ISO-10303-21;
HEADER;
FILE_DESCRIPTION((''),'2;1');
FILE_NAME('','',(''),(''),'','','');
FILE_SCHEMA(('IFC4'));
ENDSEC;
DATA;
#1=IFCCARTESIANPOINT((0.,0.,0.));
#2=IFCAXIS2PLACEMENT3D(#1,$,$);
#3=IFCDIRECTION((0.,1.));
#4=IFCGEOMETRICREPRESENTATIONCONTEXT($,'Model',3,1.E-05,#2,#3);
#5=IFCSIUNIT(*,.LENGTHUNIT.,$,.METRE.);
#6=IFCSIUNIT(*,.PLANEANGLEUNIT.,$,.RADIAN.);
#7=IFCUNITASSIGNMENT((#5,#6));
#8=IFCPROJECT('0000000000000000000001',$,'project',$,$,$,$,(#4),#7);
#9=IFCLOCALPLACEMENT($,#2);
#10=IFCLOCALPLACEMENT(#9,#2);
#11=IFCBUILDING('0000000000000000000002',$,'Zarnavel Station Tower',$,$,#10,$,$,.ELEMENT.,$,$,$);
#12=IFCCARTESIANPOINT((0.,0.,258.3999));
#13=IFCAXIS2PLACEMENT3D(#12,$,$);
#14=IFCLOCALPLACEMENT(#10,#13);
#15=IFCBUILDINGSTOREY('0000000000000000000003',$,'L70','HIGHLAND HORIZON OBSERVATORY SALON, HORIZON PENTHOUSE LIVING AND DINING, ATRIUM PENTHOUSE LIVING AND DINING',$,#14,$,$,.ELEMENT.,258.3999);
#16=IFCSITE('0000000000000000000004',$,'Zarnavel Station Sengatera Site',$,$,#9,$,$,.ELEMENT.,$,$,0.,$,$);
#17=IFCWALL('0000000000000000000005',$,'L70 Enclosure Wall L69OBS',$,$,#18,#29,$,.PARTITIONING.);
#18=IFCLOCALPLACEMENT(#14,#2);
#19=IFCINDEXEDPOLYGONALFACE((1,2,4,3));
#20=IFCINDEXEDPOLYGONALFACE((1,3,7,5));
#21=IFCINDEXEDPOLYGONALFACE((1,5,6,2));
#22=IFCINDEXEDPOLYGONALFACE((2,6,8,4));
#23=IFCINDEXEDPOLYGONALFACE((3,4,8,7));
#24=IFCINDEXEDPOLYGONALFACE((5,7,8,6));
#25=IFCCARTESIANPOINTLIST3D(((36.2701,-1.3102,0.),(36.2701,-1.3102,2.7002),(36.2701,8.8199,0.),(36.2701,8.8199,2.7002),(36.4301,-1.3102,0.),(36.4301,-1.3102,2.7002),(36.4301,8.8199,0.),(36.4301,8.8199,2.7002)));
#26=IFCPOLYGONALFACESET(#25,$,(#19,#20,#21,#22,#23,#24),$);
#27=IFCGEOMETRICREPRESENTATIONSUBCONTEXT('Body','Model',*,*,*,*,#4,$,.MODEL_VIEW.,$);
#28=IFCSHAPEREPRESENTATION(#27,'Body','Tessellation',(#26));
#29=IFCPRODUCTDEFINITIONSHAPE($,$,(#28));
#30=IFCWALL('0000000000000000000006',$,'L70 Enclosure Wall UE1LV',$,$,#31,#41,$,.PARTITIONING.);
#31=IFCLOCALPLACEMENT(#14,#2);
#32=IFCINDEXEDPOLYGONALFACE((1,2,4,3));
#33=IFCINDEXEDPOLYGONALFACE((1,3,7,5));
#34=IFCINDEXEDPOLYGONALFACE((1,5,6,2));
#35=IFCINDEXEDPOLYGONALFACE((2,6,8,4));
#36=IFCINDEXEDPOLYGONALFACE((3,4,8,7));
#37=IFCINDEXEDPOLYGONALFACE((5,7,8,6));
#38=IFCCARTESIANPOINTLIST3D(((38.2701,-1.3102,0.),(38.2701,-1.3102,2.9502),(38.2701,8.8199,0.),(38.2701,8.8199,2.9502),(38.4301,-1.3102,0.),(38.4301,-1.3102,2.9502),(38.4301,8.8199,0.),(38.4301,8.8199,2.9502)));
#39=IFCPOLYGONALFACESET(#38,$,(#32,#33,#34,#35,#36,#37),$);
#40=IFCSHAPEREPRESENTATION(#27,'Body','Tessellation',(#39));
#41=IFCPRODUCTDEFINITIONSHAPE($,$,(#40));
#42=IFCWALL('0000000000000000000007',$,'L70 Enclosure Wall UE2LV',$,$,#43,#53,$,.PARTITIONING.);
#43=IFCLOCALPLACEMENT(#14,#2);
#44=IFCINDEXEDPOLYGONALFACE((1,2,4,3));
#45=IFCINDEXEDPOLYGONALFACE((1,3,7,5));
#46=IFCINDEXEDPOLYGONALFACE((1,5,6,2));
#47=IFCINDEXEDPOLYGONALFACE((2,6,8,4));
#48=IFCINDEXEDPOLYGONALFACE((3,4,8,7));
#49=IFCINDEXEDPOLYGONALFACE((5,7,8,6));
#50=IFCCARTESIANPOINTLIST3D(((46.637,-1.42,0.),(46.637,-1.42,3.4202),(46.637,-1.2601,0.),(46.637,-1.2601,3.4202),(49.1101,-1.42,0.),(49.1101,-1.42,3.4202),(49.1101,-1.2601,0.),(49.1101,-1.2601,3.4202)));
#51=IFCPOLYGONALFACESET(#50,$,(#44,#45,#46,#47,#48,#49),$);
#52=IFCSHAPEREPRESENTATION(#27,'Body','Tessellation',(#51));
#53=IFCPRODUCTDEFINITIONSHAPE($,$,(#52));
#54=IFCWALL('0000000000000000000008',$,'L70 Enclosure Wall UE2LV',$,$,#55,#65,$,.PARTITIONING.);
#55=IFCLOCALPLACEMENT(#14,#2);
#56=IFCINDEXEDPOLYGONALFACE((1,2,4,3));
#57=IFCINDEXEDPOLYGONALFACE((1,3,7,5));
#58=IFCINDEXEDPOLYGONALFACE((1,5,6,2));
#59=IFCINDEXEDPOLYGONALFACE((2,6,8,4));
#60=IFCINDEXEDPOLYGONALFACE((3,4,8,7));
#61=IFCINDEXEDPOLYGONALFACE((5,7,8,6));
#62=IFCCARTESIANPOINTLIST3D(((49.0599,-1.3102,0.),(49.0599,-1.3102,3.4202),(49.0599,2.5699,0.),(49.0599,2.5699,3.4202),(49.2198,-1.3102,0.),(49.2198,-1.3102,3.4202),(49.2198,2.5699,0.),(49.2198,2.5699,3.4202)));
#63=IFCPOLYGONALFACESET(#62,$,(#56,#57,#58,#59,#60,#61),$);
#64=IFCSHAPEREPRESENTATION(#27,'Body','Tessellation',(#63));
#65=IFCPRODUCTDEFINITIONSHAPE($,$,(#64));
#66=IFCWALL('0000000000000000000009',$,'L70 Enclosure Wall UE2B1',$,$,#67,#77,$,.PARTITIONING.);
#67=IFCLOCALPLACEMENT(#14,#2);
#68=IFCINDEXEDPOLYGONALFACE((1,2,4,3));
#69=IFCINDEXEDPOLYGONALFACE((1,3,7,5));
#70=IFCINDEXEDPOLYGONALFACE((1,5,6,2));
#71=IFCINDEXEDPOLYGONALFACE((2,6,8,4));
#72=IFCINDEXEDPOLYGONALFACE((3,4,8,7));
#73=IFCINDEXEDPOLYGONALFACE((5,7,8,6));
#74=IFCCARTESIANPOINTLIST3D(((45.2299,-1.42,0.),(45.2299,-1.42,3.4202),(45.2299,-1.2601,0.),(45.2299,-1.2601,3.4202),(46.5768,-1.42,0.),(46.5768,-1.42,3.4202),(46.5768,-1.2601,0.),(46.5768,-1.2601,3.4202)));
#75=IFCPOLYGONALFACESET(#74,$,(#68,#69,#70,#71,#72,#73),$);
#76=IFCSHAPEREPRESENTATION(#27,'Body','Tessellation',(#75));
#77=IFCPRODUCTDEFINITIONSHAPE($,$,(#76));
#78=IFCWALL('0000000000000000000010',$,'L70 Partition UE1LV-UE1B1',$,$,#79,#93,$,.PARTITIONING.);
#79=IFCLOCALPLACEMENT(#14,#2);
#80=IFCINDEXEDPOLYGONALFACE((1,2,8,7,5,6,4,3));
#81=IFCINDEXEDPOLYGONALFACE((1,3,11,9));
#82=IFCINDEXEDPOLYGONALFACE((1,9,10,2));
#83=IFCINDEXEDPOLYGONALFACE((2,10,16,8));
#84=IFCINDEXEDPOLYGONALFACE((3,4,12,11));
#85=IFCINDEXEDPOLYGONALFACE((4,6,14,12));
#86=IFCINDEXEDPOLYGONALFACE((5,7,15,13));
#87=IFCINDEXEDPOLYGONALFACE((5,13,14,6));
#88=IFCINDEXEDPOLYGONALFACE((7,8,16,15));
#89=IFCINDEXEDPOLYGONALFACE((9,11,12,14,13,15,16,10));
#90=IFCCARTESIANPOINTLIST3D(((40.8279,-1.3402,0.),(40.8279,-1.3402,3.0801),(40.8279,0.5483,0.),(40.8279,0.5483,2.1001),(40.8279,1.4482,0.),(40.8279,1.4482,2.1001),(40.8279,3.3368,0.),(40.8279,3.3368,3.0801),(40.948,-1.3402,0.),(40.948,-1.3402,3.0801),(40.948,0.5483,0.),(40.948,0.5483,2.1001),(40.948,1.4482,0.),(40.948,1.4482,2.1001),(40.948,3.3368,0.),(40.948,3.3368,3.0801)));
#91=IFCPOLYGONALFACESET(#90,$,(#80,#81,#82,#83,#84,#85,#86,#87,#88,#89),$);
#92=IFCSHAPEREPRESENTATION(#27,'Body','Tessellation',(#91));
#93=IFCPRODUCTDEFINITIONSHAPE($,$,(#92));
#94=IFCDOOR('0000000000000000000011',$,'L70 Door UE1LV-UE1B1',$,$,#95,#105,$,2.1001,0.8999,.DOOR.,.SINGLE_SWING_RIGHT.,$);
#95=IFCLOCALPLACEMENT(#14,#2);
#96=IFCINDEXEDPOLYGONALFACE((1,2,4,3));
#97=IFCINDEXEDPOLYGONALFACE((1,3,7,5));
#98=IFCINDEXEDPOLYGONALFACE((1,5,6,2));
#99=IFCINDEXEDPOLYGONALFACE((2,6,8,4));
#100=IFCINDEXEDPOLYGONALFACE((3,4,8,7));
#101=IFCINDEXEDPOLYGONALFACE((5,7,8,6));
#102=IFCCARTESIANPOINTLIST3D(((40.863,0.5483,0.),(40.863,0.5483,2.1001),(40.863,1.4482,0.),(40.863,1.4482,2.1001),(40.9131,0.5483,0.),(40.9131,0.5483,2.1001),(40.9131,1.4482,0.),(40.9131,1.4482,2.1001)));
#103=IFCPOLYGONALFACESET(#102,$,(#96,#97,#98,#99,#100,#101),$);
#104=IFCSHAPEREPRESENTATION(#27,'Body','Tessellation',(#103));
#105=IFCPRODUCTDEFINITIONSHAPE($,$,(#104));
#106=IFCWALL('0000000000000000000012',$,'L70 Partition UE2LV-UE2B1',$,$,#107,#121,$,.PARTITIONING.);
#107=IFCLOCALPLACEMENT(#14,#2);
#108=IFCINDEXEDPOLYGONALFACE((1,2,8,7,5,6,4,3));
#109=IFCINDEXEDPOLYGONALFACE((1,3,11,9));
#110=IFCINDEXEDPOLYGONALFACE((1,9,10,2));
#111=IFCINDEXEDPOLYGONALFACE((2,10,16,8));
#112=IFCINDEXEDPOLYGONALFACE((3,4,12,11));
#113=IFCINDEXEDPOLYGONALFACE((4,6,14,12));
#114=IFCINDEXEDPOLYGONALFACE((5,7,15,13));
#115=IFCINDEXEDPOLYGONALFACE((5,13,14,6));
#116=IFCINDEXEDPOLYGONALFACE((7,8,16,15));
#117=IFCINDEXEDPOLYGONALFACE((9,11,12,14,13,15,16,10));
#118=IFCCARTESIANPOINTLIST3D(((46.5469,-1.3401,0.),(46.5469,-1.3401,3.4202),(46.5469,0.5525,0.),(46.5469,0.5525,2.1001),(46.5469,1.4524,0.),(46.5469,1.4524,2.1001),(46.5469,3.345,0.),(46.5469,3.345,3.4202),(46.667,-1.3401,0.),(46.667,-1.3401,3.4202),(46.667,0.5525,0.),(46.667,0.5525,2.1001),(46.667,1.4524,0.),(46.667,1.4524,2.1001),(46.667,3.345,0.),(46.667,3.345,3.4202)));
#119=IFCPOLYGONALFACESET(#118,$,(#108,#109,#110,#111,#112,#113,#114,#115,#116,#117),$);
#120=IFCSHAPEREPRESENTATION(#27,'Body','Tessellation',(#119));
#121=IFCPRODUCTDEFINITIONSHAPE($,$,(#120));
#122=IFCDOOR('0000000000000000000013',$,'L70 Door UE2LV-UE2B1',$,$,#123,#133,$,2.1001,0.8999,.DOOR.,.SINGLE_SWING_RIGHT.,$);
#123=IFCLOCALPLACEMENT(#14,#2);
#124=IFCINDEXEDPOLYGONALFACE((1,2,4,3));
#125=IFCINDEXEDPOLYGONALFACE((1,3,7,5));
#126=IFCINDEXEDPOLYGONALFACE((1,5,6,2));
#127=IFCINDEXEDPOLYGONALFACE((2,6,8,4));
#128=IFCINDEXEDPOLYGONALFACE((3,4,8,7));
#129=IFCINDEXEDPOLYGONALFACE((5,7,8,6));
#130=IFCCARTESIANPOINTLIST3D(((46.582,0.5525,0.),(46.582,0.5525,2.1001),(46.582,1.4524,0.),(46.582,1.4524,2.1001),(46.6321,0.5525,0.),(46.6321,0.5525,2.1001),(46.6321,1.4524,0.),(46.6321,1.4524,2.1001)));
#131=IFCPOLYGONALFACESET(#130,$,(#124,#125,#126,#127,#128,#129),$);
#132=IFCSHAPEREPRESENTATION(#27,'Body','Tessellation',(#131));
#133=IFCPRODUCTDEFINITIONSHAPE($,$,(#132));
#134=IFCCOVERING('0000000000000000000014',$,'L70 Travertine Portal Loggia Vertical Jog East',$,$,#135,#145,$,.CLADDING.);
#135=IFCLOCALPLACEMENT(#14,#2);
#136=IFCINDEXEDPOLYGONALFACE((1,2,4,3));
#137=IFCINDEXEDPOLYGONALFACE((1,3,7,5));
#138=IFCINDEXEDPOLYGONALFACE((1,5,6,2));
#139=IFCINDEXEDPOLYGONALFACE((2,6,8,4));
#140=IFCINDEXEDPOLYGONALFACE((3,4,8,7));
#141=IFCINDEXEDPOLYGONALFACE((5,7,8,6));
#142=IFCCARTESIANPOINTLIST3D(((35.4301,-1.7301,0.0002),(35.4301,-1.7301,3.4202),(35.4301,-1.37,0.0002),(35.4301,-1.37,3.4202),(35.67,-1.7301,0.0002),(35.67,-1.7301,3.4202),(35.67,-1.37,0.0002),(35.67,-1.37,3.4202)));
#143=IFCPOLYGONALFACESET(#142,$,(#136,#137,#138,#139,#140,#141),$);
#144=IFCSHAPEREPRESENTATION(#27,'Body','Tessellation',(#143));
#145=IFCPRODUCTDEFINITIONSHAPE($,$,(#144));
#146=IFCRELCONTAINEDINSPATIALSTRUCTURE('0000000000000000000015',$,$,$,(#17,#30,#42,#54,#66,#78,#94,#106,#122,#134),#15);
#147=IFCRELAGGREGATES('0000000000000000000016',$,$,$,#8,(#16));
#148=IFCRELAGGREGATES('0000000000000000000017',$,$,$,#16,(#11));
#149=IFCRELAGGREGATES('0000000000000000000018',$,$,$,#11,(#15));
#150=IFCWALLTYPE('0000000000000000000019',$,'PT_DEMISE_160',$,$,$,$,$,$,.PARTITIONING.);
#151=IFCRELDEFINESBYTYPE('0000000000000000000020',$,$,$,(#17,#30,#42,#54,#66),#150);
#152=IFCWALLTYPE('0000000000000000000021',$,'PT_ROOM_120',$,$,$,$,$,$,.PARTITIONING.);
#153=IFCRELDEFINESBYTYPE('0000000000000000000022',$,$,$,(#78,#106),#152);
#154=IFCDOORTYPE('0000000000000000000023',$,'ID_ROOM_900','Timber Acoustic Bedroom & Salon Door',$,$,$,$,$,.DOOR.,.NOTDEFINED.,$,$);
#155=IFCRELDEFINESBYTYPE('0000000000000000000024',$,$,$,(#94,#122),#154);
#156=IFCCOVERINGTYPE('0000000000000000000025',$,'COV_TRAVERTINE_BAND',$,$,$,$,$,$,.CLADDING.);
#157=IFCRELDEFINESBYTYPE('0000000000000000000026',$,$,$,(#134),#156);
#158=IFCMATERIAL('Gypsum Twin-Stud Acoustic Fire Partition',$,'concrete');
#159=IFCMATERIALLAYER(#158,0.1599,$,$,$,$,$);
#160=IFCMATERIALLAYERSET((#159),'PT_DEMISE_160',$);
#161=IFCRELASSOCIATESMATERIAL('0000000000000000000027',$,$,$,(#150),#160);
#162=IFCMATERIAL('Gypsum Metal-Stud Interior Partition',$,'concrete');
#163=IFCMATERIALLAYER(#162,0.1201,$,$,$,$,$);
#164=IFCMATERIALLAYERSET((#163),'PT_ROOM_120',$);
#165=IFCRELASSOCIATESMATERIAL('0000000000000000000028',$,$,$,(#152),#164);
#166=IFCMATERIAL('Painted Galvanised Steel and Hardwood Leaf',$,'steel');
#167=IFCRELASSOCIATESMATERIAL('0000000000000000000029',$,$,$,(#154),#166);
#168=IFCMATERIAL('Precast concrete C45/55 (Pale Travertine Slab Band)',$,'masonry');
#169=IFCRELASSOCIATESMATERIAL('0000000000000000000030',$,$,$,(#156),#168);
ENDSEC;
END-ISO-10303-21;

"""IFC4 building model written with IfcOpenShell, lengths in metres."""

from ifc_helpers import new_model, si_unit, direction, frame, frame_2d, origin, origin_2d, place, context, subcontext, project, spatial, rectangle, extrude, material, layer, layer_set, type_object, element, fill, save


model = new_model("IFC4")

# Units and contexts
model_context = context("Model", 3, precision=1e-05, world=origin(), true_north=direction((0.0, 1.0)))
body_context = subcontext(model_context, "Body", "Model", "MODEL_VIEW")
ifc_project = project(units=[si_unit("LENGTHUNIT", "METRE"), si_unit("PLANEANGLEUNIT", "RADIAN")], contexts=[model_context])

# Site, building, storey
site_placement = place(None, origin())
site = spatial("IfcSite", under=ifc_project, at=site_placement, Name="Zarnavel Station Sengatera Site", CompositionType="ELEMENT", RefElevation=0.0)
building_placement = place(site_placement, origin())
building = spatial("IfcBuilding", under=site, at=building_placement, Name="Zarnavel Station Tower", CompositionType="ELEMENT")
storey_placement = place(building_placement, frame((0.0, 0.0, 258.3999)))
storey = spatial("IfcBuildingStorey", under=building, at=storey_placement, Name="L70", Description="HIGHLAND HORIZON OBSERVATORY SALON, HORIZON PENTHOUSE LIVING AND DINING, ATRIUM PENTHOUSE LIVING AND DINING", CompositionType="ELEMENT", Elevation=258.3999)

# Walls
ifc_material_1 = material(Name="Gypsum Twin-Stud Acoustic Fire Partition", Category="concrete")
ifc_layer_1 = layer(ifc_material_1, 0.1599)
ifc_layer_set_1 = layer_set([ifc_layer_1], Name="PT_DEMISE_160")
wall_type_1 = type_object("IfcWallType", Name="PT_DEMISE_160", PredefinedType="PARTITIONING", material=ifc_layer_set_1)
wall_1_placement = place(storey_placement, frame((36.3501, -1.3101, 0.0), z_axis=(0.0, 0.0, 1.0), x_axis=(0.0, 1.0, 0.0)))
element("IfcWall", 1, at=wall_1_placement, inside=storey, type_object=wall_type_1, Name="L70 Enclosure Wall L69OBS", PredefinedType="PARTITIONING", context=body_context, shape_type="SweptSolid", body=[
    extrude(rectangle(XDim=10.1301, YDim=0.1599, at=frame_2d((5.0649, 0.0))), origin(), (0.0, 0.0, 1.0), 2.7002),
])
wall_2_placement = place(storey_placement, frame((38.3501, -1.3101, 0.0), z_axis=(0.0, 0.0, 1.0), x_axis=(0.0, 1.0, 0.0)))
element("IfcWall", 2, at=wall_2_placement, inside=storey, type_object=wall_type_1, Name="L70 Enclosure Wall UE1LV", PredefinedType="PARTITIONING", context=body_context, shape_type="SweptSolid", body=[
    extrude(rectangle(XDim=10.1301, YDim=0.1599, at=frame_2d((5.0649, 0.0))), origin(), (0.0, 0.0, 1.0), 2.9502),
])
wall_3_placement = place(storey_placement, frame((46.637, -1.3401, 0.0), z_axis=(0.0, 0.0, 1.0), x_axis=(1.0, 0.0, 0.0)))
element("IfcWall", 3, at=wall_3_placement, inside=storey, type_object=wall_type_1, Name="L70 Enclosure Wall UE2LV", PredefinedType="PARTITIONING", context=body_context, shape_type="SweptSolid", body=[
    extrude(rectangle(XDim=2.4731, YDim=0.1599, at=frame_2d((1.2366, 0.0))), origin(), (0.0, 0.0, 1.0), 3.4202),
])
wall_4_placement = place(storey_placement, frame((49.1399, -1.3101, 0.0), z_axis=(0.0, 0.0, 1.0), x_axis=(0.0, 1.0, 0.0)))
element("IfcWall", 4, at=wall_4_placement, inside=storey, type_object=wall_type_1, Name="L70 Enclosure Wall UE2LV", PredefinedType="PARTITIONING", context=body_context, shape_type="SweptSolid", body=[
    extrude(rectangle(XDim=3.8801, YDim=0.1599, at=frame_2d((1.9399, 0.0))), origin(), (0.0, 0.0, 1.0), 3.4202),
])
wall_5_placement = place(storey_placement, frame((45.23, -1.3401, 0.0), z_axis=(0.0, 0.0, 1.0), x_axis=(1.0, 0.0, 0.0)))
element("IfcWall", 5, at=wall_5_placement, inside=storey, type_object=wall_type_1, Name="L70 Enclosure Wall UE2B1", PredefinedType="PARTITIONING", context=body_context, shape_type="SweptSolid", body=[
    extrude(rectangle(XDim=1.3469, YDim=0.1599, at=frame_2d((0.6733, 0.0))), origin(), (0.0, 0.0, 1.0), 3.4202),
])

# Walls, openings, doors
ifc_material_2 = material(Name="Gypsum Metal-Stud Interior Partition", Category="concrete")
ifc_layer_2 = layer(ifc_material_2, 0.1201)
ifc_layer_set_2 = layer_set([ifc_layer_2], Name="PT_ROOM_120")
wall_type_2 = type_object("IfcWallType", Name="PT_ROOM_120", PredefinedType="PARTITIONING", material=ifc_layer_set_2)
wall_6_placement = place(storey_placement, frame((40.8879, -1.3401, 0.0), z_axis=(0.0, 0.0, 1.0), x_axis=(0.0, 1.0, 0.0)))
wall_6 = element("IfcWall", 6, at=wall_6_placement, inside=storey, type_object=wall_type_2, Name="L70 Partition UE1LV-UE1B1", PredefinedType="PARTITIONING", context=body_context, shape_type="SweptSolid", body=[
    extrude(rectangle(XDim=4.677, YDim=0.1201, at=frame_2d((2.3384, 0.0))), origin(), (0.0, 0.0, 1.0), 3.0801),
])
opening_1_placement = place(wall_6_placement, frame((1.8884, 0.0, 0.0)))
opening_1 = element("IfcOpeningElement", 7, at=opening_1_placement, cuts=wall_6, PredefinedType="OPENING", context=body_context, shape_type="SweptSolid", body=[
    extrude(rectangle(XDim=0.8999, YDim=2.1001, at=frame_2d((0.45, 1.05))), frame((0.0, 0.0701, 0.0), z_axis=(0.0, -1.0, 0.0), x_axis=(1.0, 0.0, 0.0)), (0.0, 0.0, 1.0), 0.1401),
])
ifc_material_3 = material(Name="Painted Galvanised Steel and Hardwood Leaf", Category="steel")
door_type = type_object("IfcDoorType", Name="ID_ROOM_900", Description="Timber Acoustic Bedroom & Salon Door", OperationType="NOTDEFINED", PredefinedType="DOOR", material=ifc_material_3)
door_1_placement = place(opening_1_placement, origin())
door_1 = element("IfcDoor", 8, at=door_1_placement, inside=storey, type_object=door_type, Name="L70 Door UE1LV-UE1B1", OperationType="SINGLE_SWING_RIGHT", OverallHeight=2.1001, OverallWidth=0.8999, PredefinedType="DOOR", context=body_context, shape_type="SweptSolid", body=[
    extrude(rectangle(XDim=0.8999, YDim=2.1001, at=frame_2d((0.45, 1.05))), frame((0.0, 0.0249, 0.0), z_axis=(0.0, -1.0, 0.0), x_axis=(1.0, 0.0, 0.0)), (0.0, 0.0, 1.0), 0.05),
])
fill(opening_1, door_1)
wall_7_placement = place(storey_placement, frame((46.6069, -1.3401, 0.0), z_axis=(0.0, 0.0, 1.0), x_axis=(0.0, 1.0, 0.0)))
wall_7 = element("IfcWall", 9, at=wall_7_placement, inside=storey, type_object=wall_type_2, Name="L70 Partition UE2LV-UE2B1", PredefinedType="PARTITIONING", context=body_context, shape_type="SweptSolid", body=[
    extrude(rectangle(XDim=4.6851, YDim=0.1201, at=frame_2d((2.3425, 0.0))), origin(), (0.0, 0.0, 1.0), 3.4202),
])
opening_2_placement = place(wall_7_placement, frame((1.8926, 0.0, 0.0)))
opening_2 = element("IfcOpeningElement", 10, at=opening_2_placement, cuts=wall_7, PredefinedType="OPENING", context=body_context, shape_type="SweptSolid", body=[
    extrude(rectangle(XDim=0.8999, YDim=2.1001, at=frame_2d((0.45, 1.05))), frame((0.0, 0.0701, 0.0), z_axis=(0.0, -1.0, 0.0), x_axis=(1.0, 0.0, 0.0)), (0.0, 0.0, 1.0), 0.1401),
])
door_2_placement = place(opening_2_placement, origin())
door_2 = element("IfcDoor", 11, at=door_2_placement, inside=storey, type_object=door_type, Name="L70 Door UE2LV-UE2B1", OperationType="SINGLE_SWING_RIGHT", OverallHeight=2.1001, OverallWidth=0.8999, PredefinedType="DOOR", context=body_context, shape_type="SweptSolid", body=[
    extrude(rectangle(XDim=0.8999, YDim=2.1001, at=frame_2d((0.45, 1.05))), frame((0.0, 0.0249, 0.0), z_axis=(0.0, -1.0, 0.0), x_axis=(1.0, 0.0, 0.0)), (0.0, 0.0, 1.0), 0.05),
])
fill(opening_2, door_2)

# Covering
ifc_material_4 = material(Name="Precast concrete C45/55 (Pale Travertine Slab Band)", Category="masonry")
covering_type = type_object("IfcCoveringType", Name="COV_TRAVERTINE_BAND", PredefinedType="CLADDING", material=ifc_material_4)
covering_placement = place(storey_placement, frame((35.55, -1.55, 0.0002), z_axis=(0.0, 0.0, 1.0), x_axis=(1.0, 0.0, 0.0)))
element("IfcCovering", 12, at=covering_placement, inside=storey, type_object=covering_type, Name="L70 Travertine Portal Loggia Vertical Jog East", PredefinedType="CLADDING", context=body_context, shape_type="SweptSolid", body=[
    extrude(rectangle(XDim=0.24, YDim=0.3601, at=origin_2d()), origin(), (0.0, 0.0, 1.0), 3.4199),
])

save(model, "model.ifc")
